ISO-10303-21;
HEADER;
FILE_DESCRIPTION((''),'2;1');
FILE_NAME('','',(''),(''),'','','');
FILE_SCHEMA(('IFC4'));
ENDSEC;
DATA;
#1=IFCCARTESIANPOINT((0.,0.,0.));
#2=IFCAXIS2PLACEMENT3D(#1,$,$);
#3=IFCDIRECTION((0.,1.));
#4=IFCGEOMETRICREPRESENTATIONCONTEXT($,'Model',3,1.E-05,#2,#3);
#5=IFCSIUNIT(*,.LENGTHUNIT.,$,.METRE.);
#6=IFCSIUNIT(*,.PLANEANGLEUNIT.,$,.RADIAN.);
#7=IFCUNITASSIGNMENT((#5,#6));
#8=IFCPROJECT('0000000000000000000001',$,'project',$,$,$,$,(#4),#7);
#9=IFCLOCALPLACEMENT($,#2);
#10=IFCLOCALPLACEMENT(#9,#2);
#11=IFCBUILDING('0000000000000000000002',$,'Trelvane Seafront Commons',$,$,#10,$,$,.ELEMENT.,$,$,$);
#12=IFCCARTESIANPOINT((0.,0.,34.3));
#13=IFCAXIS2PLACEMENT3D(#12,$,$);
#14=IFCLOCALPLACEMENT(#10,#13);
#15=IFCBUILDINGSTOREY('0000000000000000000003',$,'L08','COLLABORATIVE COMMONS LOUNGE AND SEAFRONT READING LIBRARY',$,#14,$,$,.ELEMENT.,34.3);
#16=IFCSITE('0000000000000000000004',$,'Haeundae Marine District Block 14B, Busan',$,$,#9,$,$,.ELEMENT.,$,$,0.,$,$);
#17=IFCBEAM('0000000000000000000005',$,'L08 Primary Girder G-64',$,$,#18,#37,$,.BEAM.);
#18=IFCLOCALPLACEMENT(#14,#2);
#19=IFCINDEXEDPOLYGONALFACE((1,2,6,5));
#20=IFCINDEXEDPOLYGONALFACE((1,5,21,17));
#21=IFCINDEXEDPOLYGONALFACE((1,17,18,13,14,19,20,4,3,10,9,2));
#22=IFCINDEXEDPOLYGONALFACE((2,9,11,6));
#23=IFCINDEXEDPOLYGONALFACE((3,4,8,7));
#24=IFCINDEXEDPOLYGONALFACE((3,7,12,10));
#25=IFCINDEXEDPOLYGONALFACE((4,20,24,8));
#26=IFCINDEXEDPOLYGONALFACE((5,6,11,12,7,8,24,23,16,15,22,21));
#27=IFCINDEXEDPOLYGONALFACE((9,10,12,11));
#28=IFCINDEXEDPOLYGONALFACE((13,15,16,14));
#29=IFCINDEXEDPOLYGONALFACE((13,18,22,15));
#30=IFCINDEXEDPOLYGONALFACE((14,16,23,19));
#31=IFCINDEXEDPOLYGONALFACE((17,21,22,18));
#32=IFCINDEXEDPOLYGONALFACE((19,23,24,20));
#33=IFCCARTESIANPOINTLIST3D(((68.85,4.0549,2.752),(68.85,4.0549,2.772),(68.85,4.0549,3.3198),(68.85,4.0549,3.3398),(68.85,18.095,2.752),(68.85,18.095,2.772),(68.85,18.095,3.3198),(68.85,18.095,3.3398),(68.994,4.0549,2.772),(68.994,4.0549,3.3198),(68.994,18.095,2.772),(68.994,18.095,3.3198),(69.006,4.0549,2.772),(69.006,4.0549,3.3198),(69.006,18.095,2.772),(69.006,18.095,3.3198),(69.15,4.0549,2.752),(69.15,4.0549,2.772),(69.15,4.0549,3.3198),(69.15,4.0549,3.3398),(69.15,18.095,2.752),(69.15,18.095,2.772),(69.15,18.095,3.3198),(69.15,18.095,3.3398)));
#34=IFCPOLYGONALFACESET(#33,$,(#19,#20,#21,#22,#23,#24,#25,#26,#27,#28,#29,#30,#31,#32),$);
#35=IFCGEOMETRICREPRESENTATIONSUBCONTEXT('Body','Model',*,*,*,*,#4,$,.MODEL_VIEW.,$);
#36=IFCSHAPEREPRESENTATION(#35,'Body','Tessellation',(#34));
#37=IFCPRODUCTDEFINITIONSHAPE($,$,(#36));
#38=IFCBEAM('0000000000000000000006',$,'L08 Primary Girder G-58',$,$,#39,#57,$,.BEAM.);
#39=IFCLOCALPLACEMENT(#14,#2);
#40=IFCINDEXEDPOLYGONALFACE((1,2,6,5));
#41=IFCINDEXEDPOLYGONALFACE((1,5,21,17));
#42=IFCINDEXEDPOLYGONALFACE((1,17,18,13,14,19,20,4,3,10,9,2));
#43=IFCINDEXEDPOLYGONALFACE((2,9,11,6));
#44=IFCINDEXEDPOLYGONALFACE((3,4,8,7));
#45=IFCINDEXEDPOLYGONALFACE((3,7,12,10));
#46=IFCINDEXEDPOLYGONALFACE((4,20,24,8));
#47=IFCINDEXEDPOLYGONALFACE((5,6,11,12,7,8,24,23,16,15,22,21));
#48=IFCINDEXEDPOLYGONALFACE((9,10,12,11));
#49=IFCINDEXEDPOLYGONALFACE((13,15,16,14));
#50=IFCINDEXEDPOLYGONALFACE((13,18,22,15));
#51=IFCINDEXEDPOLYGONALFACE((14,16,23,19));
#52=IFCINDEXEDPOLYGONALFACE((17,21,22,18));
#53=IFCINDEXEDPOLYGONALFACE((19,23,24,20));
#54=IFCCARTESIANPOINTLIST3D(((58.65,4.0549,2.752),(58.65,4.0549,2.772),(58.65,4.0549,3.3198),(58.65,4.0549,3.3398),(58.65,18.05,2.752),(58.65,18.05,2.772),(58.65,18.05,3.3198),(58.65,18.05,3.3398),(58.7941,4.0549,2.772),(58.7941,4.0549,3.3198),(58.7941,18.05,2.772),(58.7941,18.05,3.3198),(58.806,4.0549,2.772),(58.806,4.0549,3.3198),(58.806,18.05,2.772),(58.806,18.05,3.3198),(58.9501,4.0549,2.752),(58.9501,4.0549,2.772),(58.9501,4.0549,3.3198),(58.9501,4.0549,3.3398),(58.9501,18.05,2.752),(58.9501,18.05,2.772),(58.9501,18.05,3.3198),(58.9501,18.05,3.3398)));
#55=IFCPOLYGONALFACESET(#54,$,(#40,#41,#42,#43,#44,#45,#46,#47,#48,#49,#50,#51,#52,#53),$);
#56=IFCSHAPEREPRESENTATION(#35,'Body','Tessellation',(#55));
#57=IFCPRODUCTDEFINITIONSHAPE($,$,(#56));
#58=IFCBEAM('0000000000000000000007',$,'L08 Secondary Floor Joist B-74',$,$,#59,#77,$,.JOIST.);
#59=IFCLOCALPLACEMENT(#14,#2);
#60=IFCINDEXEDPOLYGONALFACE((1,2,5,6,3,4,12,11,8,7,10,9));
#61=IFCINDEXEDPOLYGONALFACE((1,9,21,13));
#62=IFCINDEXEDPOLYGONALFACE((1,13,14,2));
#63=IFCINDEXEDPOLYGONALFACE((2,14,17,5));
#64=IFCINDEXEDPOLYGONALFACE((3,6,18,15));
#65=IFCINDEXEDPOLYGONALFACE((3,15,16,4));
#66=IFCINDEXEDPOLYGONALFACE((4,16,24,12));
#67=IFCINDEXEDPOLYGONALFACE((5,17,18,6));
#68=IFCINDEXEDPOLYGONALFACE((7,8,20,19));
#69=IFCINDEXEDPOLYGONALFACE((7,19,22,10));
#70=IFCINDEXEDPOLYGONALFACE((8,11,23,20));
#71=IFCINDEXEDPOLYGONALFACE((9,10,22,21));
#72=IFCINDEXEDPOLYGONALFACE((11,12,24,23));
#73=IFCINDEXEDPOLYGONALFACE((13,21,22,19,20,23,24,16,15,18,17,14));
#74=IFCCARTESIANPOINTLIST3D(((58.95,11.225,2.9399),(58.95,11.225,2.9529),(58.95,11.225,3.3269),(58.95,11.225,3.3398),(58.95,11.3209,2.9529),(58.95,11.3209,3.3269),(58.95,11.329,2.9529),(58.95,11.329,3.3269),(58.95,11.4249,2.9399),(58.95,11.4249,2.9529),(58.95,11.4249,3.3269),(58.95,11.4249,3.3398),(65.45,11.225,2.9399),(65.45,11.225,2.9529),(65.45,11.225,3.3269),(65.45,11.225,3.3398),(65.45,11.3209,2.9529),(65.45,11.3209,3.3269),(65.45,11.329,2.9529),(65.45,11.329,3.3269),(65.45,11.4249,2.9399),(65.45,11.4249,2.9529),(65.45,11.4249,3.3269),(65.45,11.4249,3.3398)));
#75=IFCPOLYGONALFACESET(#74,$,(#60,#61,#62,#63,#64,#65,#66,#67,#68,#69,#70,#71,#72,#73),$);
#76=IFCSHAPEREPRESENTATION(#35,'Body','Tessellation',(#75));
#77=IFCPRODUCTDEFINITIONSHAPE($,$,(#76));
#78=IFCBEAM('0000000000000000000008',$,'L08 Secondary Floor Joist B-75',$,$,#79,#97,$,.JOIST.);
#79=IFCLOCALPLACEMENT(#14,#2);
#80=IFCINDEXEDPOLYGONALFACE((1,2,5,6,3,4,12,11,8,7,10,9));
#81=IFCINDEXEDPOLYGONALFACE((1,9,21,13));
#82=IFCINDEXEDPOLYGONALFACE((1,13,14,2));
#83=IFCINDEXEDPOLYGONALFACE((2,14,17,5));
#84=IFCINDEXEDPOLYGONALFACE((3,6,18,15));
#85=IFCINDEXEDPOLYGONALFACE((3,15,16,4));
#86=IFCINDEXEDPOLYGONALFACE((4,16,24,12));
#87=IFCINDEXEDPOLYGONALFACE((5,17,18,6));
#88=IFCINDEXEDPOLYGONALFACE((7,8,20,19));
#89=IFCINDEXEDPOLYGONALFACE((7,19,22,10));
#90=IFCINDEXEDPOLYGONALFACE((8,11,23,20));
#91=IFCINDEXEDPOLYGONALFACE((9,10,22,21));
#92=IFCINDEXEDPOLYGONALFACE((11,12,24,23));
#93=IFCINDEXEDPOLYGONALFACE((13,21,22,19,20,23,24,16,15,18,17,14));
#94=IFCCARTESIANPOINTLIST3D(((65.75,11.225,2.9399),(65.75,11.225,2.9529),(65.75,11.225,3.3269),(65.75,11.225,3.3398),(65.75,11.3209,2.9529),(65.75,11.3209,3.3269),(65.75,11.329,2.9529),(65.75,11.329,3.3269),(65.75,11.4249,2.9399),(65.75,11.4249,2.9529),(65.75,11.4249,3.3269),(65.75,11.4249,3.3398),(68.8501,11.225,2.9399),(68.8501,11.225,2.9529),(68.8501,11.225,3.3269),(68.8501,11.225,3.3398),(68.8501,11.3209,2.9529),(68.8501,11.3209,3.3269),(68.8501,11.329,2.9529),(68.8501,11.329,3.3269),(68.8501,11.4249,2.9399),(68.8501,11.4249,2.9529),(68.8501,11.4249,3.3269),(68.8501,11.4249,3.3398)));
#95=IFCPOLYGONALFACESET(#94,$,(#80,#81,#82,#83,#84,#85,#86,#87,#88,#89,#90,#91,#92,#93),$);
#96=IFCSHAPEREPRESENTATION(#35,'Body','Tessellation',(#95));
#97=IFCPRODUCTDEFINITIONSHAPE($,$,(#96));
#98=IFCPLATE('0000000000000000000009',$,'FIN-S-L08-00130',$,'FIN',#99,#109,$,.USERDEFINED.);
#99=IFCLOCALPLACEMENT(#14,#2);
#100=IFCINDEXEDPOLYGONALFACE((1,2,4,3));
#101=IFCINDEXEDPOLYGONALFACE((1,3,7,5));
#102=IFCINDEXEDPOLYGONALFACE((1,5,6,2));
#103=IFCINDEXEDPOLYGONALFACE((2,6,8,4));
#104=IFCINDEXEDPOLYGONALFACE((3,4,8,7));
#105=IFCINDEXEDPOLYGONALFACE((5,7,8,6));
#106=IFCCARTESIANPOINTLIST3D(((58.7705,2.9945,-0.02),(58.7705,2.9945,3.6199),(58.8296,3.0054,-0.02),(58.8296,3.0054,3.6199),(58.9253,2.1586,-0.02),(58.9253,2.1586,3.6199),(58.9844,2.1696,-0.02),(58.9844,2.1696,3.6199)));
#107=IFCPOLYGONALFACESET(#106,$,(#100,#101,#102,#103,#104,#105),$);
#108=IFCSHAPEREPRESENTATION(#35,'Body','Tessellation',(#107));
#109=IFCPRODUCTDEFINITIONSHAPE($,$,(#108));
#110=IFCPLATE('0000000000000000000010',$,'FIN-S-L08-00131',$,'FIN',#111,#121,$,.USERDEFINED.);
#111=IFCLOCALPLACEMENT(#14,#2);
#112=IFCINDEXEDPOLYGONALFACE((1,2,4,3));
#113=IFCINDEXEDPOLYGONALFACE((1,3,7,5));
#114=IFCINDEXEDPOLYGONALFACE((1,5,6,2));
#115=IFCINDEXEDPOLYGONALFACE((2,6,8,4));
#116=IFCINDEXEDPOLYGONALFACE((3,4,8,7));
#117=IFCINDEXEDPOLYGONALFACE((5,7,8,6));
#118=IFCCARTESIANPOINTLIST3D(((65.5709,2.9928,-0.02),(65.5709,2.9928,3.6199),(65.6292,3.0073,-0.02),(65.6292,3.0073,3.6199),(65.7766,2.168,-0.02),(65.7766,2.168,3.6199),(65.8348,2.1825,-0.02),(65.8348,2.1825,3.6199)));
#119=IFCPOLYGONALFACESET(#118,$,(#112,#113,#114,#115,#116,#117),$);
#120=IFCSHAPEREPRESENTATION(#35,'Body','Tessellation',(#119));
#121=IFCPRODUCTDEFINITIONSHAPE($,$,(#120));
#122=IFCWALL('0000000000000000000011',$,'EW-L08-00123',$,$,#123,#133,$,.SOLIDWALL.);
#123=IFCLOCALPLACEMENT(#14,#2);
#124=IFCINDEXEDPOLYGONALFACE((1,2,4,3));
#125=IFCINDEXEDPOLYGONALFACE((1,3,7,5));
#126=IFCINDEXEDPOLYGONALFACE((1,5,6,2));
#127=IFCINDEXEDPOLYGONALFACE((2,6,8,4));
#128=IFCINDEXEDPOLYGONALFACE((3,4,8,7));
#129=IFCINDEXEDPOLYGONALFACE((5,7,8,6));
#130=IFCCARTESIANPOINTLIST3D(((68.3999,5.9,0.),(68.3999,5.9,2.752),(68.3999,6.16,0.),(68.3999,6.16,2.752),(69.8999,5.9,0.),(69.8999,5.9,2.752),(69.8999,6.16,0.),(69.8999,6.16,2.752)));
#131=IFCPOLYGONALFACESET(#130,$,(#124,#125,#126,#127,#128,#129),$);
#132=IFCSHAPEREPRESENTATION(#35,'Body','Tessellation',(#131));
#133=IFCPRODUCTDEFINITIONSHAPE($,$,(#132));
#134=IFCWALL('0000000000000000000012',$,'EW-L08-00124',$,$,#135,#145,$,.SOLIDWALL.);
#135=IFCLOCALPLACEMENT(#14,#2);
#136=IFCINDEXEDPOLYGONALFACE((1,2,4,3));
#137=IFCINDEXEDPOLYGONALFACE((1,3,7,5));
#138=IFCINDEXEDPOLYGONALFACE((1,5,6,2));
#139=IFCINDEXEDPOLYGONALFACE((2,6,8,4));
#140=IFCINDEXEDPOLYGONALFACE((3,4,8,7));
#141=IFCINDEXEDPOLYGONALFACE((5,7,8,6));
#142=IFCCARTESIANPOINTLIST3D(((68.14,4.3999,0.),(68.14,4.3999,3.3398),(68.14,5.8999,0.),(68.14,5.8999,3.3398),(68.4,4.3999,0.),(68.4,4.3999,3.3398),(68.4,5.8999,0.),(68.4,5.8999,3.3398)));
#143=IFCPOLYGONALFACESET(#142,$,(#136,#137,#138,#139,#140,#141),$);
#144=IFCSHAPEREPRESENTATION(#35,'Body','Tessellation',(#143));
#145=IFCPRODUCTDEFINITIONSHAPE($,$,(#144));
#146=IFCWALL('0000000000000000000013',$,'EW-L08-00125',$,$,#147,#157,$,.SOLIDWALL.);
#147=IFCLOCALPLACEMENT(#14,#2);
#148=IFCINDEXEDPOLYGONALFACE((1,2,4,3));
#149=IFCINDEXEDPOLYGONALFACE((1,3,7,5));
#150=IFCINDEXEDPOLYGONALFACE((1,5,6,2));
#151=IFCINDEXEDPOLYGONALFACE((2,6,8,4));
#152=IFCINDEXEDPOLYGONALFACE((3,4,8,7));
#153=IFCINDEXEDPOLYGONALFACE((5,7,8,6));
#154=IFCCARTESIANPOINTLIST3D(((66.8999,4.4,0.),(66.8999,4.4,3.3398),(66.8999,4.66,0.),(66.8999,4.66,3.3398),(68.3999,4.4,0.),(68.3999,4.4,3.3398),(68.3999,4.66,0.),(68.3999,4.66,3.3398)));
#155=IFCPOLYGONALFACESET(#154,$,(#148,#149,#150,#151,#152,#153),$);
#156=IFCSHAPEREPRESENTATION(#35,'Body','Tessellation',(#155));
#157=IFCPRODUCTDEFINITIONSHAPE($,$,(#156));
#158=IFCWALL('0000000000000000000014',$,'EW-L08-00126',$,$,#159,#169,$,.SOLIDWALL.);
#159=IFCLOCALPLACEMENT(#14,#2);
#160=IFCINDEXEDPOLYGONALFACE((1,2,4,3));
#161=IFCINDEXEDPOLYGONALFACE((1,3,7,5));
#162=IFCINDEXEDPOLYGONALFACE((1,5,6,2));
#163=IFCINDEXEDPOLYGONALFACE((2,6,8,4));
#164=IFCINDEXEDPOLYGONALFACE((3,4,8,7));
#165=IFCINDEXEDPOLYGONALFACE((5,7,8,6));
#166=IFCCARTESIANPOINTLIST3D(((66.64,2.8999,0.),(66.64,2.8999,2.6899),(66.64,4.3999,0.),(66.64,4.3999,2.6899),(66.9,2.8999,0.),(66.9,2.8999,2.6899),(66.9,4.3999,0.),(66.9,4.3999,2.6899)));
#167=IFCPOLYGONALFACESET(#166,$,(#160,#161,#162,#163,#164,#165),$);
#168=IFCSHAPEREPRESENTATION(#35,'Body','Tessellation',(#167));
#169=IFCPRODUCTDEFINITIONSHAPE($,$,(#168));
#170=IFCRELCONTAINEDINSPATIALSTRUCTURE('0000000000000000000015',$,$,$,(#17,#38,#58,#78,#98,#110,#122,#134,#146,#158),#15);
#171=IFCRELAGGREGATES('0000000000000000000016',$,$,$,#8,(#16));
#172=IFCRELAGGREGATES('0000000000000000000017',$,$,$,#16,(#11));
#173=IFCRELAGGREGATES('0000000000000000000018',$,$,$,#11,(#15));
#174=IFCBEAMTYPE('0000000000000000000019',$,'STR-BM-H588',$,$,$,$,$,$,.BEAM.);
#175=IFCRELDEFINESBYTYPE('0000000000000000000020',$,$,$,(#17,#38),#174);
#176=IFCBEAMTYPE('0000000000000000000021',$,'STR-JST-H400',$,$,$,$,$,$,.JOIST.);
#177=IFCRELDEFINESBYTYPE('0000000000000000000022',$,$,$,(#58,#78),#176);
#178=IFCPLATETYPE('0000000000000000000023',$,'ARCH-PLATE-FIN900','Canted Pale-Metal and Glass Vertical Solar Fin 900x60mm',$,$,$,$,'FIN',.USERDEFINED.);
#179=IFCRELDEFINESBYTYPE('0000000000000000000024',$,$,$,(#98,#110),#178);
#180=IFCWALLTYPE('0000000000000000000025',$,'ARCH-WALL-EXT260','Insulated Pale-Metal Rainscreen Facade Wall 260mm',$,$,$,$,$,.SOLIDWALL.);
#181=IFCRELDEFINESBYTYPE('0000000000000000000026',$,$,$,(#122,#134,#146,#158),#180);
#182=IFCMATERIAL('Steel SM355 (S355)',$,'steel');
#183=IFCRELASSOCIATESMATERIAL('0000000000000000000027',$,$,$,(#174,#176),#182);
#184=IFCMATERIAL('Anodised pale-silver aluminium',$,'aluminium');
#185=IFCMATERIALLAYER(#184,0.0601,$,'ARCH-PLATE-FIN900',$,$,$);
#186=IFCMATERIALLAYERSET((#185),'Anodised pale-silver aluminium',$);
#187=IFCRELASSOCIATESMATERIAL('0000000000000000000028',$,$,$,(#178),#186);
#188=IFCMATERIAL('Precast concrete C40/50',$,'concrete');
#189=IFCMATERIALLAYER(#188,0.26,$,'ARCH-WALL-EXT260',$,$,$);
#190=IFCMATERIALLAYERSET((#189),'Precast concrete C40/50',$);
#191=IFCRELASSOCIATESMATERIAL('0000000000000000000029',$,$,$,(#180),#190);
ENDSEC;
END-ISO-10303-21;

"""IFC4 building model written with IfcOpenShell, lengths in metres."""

from ifc_helpers import new_model, si_unit, direction, frame, frame_2d, origin, origin_2d, place, context, subcontext, project, spatial, rectangle, i_section, extrude, source, transform, mapped, material, layer, layer_set, material_profile, profile_set, type_object, element, save


model = new_model("IFC4")

# Units and contexts
model_context = context("Model", 3, precision=1e-05, world=origin(), true_north=direction((0.0, 1.0)))
body_context = subcontext(model_context, "Body", "Model", "MODEL_VIEW")
ifc_project = project(units=[si_unit("LENGTHUNIT", "METRE"), si_unit("PLANEANGLEUNIT", "RADIAN")], contexts=[model_context])

# Site, building, storey
site_placement = place(None, origin())
site = spatial("IfcSite", under=ifc_project, at=site_placement, Name="Haeundae Marine District Block 14B, Busan", CompositionType="ELEMENT", RefElevation=0.0)
building_placement = place(site_placement, origin())
building = spatial("IfcBuilding", under=site, at=building_placement, Name="Trelvane Seafront Commons", CompositionType="ELEMENT")
storey_placement = place(building_placement, frame((0.0, 0.0, 34.3)))
storey = spatial("IfcBuildingStorey", under=building, at=storey_placement, Name="L08", Description="COLLABORATIVE COMMONS LOUNGE AND SEAFRONT READING LIBRARY", CompositionType="ELEMENT", Elevation=34.3)

# Shared definitions
ifc_material_1 = material(Name="Steel SM355 (S355)", Category="steel")

# Beams
ifc_material_profile_1 = material_profile(ifc_material_1, i_section(OverallWidth=0.3, OverallDepth=0.5879, WebThickness=0.012, FlangeThickness=0.02, at=origin_2d()), Name="H-588x300x12x20")
ifc_profile_set_1 = profile_set([ifc_material_profile_1], Name="Steel SM355 (S355)")
beam_type_1 = type_object("IfcBeamType", Name="STR-BM-H588", PredefinedType="BEAM", material=ifc_profile_set_1)
shared_shape_1 = source(origin(), body_context, "Body", "SweptSolid", [
    extrude(i_section(OverallWidth=0.3, OverallDepth=0.5879, WebThickness=0.012, FlangeThickness=0.02, at=origin_2d()), origin(), (0.0, 0.0, 1.0), 14.04),
])
for number, where, z_axis, x_axis, name in (
    (1, (69.0, 4.0549, 3.0459), (0.0, 1.0, 0.0), (-1.0, 0.0, 0.0), "L08 Primary Girder G-64"),
):
    element("IfcBeam", number, at=place(storey_placement, frame(where, z_axis=z_axis, x_axis=x_axis)), inside=storey, type_object=beam_type_1, Name=name, PredefinedType="BEAM", context=body_context, shape_type="MappedRepresentation", body=[
        mapped(shared_shape_1, transform((0.0, 0.0, 0.0), x_axis=(1.0, 0.0, 0.0), y_axis=(0.0, 1.0, 0.0), z_axis=(0.0, 0.0, 1.0), scale=1.0)),
    ])
shared_shape_2 = source(origin(), body_context, "Body", "SweptSolid", [
    extrude(i_section(OverallWidth=0.3, OverallDepth=0.5879, WebThickness=0.012, FlangeThickness=0.02, at=origin_2d()), origin(), (0.0, 0.0, 1.0), 13.9951),
])
beam_1_placement = place(storey_placement, frame((58.8, 4.0549, 3.0459), z_axis=(0.0, 1.0, 0.0), x_axis=(-1.0, 0.0, 0.0)))
element("IfcBeam", 2, at=beam_1_placement, inside=storey, type_object=beam_type_1, Name="L08 Primary Girder G-58", PredefinedType="BEAM", context=body_context, shape_type="MappedRepresentation", body=[
    mapped(shared_shape_2, transform((0.0, 0.0, 0.0), x_axis=(1.0, 0.0, 0.0), y_axis=(0.0, 1.0, 0.0), z_axis=(0.0, 0.0, 1.0), scale=1.0)),
])
ifc_material_profile_2 = material_profile(ifc_material_1, i_section(OverallWidth=0.2, OverallDepth=0.3999, WebThickness=0.0081, FlangeThickness=0.0129, at=origin_2d()), Name="H-400x200x8x13")
ifc_profile_set_2 = profile_set([ifc_material_profile_2], Name="Steel SM355 (S355)")
beam_type_2 = type_object("IfcBeamType", Name="STR-JST-H400", PredefinedType="JOIST", material=ifc_profile_set_2)
shared_shape_3 = source(origin(), body_context, "Body", "SweptSolid", [
    extrude(i_section(OverallWidth=0.2, OverallDepth=0.3999, WebThickness=0.0081, FlangeThickness=0.0129, at=origin_2d()), origin(), (0.0, 0.0, 1.0), 6.5),
])
beam_2_placement = place(storey_placement, frame((58.95, 11.325, 3.1399), z_axis=(1.0, 0.0, 0.0), x_axis=(0.0, 1.0, 0.0)))
element("IfcBeam", 3, at=beam_2_placement, inside=storey, type_object=beam_type_2, Name="L08 Secondary Floor Joist B-74", PredefinedType="JOIST", context=body_context, shape_type="MappedRepresentation", body=[
    mapped(shared_shape_3, transform((0.0, 0.0, 0.0), x_axis=(1.0, 0.0, 0.0), y_axis=(0.0, 1.0, 0.0), z_axis=(0.0, 0.0, 1.0), scale=1.0)),
])
shared_shape_4 = source(origin(), body_context, "Body", "SweptSolid", [
    extrude(i_section(OverallWidth=0.2, OverallDepth=0.3999, WebThickness=0.0081, FlangeThickness=0.0129, at=origin_2d()), origin(), (0.0, 0.0, 1.0), 3.1001),
])
beam_3_placement = place(storey_placement, frame((65.75, 11.325, 3.1399), z_axis=(1.0, 0.0, 0.0), x_axis=(0.0, 1.0, 0.0)))
element("IfcBeam", 4, at=beam_3_placement, inside=storey, type_object=beam_type_2, Name="L08 Secondary Floor Joist B-75", PredefinedType="JOIST", context=body_context, shape_type="MappedRepresentation", body=[
    mapped(shared_shape_4, transform((0.0, 0.0, 0.0), x_axis=(1.0, 0.0, 0.0), y_axis=(0.0, 1.0, 0.0), z_axis=(0.0, 0.0, 1.0), scale=1.0)),
])

# Plates
ifc_material_2 = material(Name="Anodised pale-silver aluminium", Category="aluminium")
ifc_layer_1 = layer(ifc_material_2, 0.0601, Name="ARCH-PLATE-FIN900")
ifc_layer_set_1 = layer_set([ifc_layer_1], Name="Anodised pale-silver aluminium")
plate_type = type_object("IfcPlateType", Name="ARCH-PLATE-FIN900", Description="Canted Pale-Metal and Glass Vertical Solar Fin 900x60mm", ElementType="FIN", PredefinedType="USERDEFINED", material=ifc_layer_set_1)
shared_shape_5 = source(origin(), body_context, "Body", "SweptSolid", [
    extrude(rectangle(XDim=0.8501, YDim=0.0601, at=origin_2d()), origin(), (0.0, 0.0, 1.0), 3.6399),
])
for number, where, z_axis, x_axis, name in (
    (5, (58.8774, 2.582, -0.02), (0.0, 0.0, 1.0), (0.182114, -0.983277, 0.0), "FIN-S-L08-00130"),
    (6, (65.7029, 2.5876, -0.02), (0.0, 0.0, 1.0), (0.241871, -0.970308, 0.0), "FIN-S-L08-00131"),
):
    element("IfcPlate", number, at=place(storey_placement, frame(where, z_axis=z_axis, x_axis=x_axis)), inside=storey, type_object=plate_type, Name=name, ObjectType="FIN", PredefinedType="USERDEFINED", context=body_context, shape_type="MappedRepresentation", body=[
        mapped(shared_shape_5, transform((0.0, 0.0, 0.0), x_axis=(1.0, 0.0, 0.0), y_axis=(0.0, 1.0, 0.0), z_axis=(0.0, 0.0, 1.0), scale=1.0)),
    ])

# Walls
ifc_material_3 = material(Name="Precast concrete C40/50", Category="concrete")
ifc_layer_2 = layer(ifc_material_3, 0.26, Name="ARCH-WALL-EXT260")
ifc_layer_set_2 = layer_set([ifc_layer_2], Name="Precast concrete C40/50")
wall_type_1 = type_object("IfcWallType", Name="ARCH-WALL-EXT260", Description="Insulated Pale-Metal Rainscreen Facade Wall 260mm", PredefinedType="SOLIDWALL", material=ifc_layer_set_2)
wall_1_placement = place(storey_placement, frame((69.8999, 6.03, 0.0), z_axis=(0.0, 0.0, 1.0), x_axis=(-1.0, 0.0, 0.0)))
element("IfcWall", 7, at=wall_1_placement, inside=storey, type_object=wall_type_1, Name="EW-L08-00123", PredefinedType="SOLIDWALL", context=body_context, shape_type="SweptSolid", body=[
    extrude(rectangle(XDim=1.5, YDim=0.26, at=frame_2d((0.75, 0.0))), origin(), (0.0, 0.0, 1.0), 2.752),
])
for number, where, z_axis, x_axis, name in (
    (8, (68.27, 5.8999, 0.0), (0.0, 0.0, 1.0), (0.0, -1.0, 0.0), "EW-L08-00124"),
    (9, (68.3999, 4.53, 0.0), (0.0, 0.0, 1.0), (-1.0, 0.0, 0.0), "EW-L08-00125"),
):
    element("IfcWall", number, at=place(storey_placement, frame(where, z_axis=z_axis, x_axis=x_axis)), inside=storey, type_object=wall_type_1, Name=name, PredefinedType="SOLIDWALL", context=body_context, shape_type="SweptSolid", body=[
        extrude(rectangle(XDim=1.5, YDim=0.26, at=frame_2d((0.75, 0.0))), origin(), (0.0, 0.0, 1.0), 3.3398),
    ])
wall_2_placement = place(storey_placement, frame((66.77, 4.3999, 0.0), z_axis=(0.0, 0.0, 1.0), x_axis=(0.0, -1.0, 0.0)))
element("IfcWall", 10, at=wall_2_placement, inside=storey, type_object=wall_type_1, Name="EW-L08-00126", PredefinedType="SOLIDWALL", context=body_context, shape_type="SweptSolid", body=[
    extrude(rectangle(XDim=1.5, YDim=0.26, at=frame_2d((0.75, 0.0))), origin(), (0.0, 0.0, 1.0), 2.6899),
])

save(model, "model.ifc")
